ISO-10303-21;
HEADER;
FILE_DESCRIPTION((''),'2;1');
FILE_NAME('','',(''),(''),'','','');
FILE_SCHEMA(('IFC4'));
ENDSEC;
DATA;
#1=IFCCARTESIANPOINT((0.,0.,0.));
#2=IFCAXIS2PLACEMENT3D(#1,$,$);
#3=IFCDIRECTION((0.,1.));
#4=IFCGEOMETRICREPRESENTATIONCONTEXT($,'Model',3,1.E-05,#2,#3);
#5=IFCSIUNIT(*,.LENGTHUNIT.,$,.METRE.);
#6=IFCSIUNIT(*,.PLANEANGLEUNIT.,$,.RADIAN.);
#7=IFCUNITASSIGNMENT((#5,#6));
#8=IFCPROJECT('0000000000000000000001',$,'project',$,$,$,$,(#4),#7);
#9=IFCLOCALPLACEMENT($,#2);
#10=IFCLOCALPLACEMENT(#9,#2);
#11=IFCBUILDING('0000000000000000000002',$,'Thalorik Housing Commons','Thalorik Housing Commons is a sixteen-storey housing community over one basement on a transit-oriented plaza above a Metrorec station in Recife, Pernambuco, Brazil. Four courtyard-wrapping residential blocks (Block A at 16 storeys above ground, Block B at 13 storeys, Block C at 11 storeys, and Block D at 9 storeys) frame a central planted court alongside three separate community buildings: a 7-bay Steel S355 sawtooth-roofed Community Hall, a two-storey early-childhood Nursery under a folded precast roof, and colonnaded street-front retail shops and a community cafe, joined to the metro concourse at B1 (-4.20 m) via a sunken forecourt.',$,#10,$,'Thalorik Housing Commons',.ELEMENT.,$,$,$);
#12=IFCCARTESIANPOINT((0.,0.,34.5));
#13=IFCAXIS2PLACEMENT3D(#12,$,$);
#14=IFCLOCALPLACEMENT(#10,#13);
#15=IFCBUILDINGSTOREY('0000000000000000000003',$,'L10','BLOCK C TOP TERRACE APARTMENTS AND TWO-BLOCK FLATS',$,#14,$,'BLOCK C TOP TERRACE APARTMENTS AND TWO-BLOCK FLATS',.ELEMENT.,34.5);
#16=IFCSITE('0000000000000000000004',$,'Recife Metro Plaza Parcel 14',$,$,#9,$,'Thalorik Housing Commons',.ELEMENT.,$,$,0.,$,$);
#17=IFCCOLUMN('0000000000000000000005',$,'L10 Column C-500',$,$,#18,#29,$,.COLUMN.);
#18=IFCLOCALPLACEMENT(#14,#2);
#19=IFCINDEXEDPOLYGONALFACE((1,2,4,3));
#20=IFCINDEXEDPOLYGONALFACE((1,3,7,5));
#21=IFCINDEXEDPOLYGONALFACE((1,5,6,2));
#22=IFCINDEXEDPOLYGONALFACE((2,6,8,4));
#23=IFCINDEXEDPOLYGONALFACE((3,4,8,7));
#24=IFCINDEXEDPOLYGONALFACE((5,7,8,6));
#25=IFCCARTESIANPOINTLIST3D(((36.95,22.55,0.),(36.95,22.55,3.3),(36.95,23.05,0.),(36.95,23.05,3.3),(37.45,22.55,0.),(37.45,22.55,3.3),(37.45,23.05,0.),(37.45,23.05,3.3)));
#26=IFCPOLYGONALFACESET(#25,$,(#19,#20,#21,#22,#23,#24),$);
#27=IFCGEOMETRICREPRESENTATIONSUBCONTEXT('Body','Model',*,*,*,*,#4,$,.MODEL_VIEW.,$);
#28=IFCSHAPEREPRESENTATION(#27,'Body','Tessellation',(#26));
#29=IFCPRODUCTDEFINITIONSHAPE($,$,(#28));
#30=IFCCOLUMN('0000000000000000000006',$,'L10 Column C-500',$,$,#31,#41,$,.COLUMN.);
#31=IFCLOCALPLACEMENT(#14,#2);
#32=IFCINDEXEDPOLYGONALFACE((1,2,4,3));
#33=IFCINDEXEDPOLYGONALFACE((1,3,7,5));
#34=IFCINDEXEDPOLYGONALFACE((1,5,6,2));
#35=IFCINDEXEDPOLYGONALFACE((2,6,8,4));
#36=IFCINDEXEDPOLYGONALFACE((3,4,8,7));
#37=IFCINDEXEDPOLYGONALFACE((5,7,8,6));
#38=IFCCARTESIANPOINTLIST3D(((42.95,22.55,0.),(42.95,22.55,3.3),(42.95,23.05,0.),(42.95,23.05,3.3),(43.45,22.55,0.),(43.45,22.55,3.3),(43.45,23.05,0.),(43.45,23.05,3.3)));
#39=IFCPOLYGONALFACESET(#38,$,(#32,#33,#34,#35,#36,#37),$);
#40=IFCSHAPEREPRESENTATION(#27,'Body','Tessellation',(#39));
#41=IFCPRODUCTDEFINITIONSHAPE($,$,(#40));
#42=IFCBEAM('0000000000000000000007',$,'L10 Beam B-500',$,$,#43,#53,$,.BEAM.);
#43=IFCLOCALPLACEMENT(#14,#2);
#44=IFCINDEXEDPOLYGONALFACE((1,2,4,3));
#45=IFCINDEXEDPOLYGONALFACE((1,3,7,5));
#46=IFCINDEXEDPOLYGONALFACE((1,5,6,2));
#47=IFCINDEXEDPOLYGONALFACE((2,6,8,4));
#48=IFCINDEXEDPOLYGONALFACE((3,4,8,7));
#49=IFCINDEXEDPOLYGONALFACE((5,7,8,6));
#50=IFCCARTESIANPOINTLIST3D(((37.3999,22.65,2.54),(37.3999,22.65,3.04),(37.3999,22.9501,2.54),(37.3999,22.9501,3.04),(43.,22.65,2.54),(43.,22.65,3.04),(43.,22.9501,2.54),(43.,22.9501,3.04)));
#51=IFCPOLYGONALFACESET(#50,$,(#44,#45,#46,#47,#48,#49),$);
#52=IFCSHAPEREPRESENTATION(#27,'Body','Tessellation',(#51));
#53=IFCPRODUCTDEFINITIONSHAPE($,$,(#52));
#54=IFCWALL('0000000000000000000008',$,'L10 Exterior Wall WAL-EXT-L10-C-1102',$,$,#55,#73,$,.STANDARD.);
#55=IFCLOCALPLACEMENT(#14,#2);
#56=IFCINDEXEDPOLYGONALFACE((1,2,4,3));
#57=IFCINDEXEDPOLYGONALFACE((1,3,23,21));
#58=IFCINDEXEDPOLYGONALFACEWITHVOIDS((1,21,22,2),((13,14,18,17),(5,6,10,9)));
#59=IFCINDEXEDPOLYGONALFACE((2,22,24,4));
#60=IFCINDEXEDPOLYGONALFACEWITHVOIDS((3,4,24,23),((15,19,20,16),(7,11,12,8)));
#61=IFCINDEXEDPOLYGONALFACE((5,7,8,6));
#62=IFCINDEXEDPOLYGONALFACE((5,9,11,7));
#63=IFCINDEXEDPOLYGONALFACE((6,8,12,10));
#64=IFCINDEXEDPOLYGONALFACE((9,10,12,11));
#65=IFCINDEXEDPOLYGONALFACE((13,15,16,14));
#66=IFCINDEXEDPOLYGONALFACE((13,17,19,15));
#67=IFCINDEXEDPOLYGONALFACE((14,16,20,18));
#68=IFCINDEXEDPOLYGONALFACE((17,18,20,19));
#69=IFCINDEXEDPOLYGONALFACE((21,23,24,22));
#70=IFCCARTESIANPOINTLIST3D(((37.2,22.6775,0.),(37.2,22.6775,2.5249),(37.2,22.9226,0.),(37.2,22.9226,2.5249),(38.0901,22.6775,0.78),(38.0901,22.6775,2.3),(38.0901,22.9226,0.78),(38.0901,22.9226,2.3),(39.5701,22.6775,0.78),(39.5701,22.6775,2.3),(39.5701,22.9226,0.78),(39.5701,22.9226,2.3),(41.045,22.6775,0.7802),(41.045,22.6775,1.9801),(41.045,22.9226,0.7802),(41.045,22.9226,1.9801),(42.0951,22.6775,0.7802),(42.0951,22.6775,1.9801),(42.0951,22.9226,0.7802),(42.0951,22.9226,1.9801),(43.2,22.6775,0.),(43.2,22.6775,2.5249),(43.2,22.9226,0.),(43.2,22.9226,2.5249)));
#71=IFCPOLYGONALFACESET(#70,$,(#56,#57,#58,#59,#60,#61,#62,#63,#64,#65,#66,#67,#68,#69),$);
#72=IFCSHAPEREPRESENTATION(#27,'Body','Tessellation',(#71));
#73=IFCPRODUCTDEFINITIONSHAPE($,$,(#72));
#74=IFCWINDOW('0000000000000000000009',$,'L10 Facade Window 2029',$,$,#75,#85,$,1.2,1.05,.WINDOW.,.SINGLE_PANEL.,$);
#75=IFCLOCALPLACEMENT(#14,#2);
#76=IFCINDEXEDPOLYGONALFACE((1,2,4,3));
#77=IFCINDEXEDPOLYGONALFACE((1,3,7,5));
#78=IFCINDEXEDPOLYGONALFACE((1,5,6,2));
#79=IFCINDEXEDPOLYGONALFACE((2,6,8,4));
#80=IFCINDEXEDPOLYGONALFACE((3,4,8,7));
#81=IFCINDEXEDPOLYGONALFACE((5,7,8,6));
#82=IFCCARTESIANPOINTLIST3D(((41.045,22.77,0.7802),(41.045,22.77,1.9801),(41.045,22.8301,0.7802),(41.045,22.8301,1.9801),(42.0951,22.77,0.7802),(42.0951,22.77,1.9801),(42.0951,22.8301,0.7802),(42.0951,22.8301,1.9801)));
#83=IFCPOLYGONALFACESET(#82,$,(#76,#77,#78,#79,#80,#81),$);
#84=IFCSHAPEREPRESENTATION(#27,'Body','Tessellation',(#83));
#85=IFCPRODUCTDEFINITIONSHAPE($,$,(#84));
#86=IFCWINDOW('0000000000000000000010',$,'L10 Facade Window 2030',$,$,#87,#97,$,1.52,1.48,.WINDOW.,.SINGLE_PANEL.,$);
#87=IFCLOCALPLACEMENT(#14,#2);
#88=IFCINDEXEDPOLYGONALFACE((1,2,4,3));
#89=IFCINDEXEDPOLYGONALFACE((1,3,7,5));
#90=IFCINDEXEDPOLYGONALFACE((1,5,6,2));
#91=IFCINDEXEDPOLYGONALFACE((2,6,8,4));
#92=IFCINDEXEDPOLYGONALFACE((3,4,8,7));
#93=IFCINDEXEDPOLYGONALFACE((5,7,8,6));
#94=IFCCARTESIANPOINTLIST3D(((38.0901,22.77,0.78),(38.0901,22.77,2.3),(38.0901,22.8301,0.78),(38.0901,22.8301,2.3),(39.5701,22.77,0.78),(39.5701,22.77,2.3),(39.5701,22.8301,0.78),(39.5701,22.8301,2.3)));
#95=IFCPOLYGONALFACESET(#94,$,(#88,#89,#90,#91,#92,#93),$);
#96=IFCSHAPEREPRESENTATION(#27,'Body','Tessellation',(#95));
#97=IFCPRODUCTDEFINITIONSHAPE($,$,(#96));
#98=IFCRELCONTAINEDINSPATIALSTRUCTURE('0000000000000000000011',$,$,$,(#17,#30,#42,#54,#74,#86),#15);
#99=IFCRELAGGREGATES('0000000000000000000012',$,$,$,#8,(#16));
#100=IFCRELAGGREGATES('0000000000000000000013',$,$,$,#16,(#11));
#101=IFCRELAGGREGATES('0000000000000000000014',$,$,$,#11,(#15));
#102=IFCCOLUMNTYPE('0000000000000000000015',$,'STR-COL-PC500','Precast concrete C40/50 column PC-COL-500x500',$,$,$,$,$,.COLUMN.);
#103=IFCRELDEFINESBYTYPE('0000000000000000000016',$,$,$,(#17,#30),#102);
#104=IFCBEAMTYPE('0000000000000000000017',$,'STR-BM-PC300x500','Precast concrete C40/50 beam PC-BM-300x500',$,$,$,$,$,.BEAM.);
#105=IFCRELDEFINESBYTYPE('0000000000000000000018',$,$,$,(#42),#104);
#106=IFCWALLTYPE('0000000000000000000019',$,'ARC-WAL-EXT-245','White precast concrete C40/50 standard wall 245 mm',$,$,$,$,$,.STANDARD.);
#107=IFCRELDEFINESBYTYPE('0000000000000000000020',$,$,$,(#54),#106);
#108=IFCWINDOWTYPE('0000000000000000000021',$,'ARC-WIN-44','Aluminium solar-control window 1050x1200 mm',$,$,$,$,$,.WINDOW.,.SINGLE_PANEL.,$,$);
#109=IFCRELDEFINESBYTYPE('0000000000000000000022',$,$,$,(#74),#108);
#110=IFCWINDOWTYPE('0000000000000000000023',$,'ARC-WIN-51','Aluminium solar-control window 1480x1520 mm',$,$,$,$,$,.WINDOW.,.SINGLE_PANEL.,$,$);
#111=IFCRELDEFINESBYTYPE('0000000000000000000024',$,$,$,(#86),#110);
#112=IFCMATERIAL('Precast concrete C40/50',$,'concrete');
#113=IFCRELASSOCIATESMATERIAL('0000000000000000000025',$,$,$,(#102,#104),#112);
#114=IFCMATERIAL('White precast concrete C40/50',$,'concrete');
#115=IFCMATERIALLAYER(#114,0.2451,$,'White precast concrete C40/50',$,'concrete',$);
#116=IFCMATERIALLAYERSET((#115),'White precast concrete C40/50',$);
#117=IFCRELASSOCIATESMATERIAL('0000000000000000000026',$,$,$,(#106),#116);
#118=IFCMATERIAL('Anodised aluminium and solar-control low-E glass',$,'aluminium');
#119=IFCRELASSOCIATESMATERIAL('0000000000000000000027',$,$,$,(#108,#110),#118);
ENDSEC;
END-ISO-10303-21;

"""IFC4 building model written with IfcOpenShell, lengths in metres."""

from ifc_helpers import new_model, si_unit, direction, frame, frame_2d, origin, origin_2d, place, context, subcontext, project, spatial, rectangle, extrude, material, layer, layer_set, material_profile, profile_set, type_object, element, fill, save


model = new_model("IFC4")

# Units and contexts
model_context = context("Model", 3, precision=1e-05, world=origin(), true_north=direction((0.0, 1.0)))
body_context = subcontext(model_context, "Body", "Model", "MODEL_VIEW")
ifc_project = project(units=[si_unit("LENGTHUNIT", "METRE"), si_unit("PLANEANGLEUNIT", "RADIAN")], contexts=[model_context])

# Site, building, storey
site_placement = place(None, origin())
site = spatial("IfcSite", under=ifc_project, at=site_placement, Name="Recife Metro Plaza Parcel 14", LongName="Thalorik Housing Commons", CompositionType="ELEMENT", RefElevation=0.0)
building_placement = place(site_placement, origin())
building = spatial("IfcBuilding", under=site, at=building_placement, Name="Thalorik Housing Commons", Description="Thalorik Housing Commons is a sixteen-storey housing community over one basement on a transit-oriented plaza above a Metrorec station in Recife, Pernambuco, Brazil. Four courtyard-wrapping residential blocks (Block A at 16 storeys above ground, Block B at 13 storeys, Block C at 11 storeys, and Block D at 9 storeys) frame a central planted court alongside three separate community buildings: a 7-bay Steel S355 sawtooth-roofed Community Hall, a two-storey early-childhood Nursery under a folded precast roof, and colonnaded street-front retail shops and a community cafe, joined to the metro concourse at B1 (-4.20 m) via a sunken forecourt.", LongName="Thalorik Housing Commons", CompositionType="ELEMENT")
storey_placement = place(building_placement, frame((0.0, 0.0, 34.5)))
storey = spatial("IfcBuildingStorey", under=building, at=storey_placement, Name="L10", Description="BLOCK C TOP TERRACE APARTMENTS AND TWO-BLOCK FLATS", LongName="BLOCK C TOP TERRACE APARTMENTS AND TWO-BLOCK FLATS", CompositionType="ELEMENT", Elevation=34.5)

# Columns
ifc_material_1 = material(Name="Precast concrete C40/50", Category="concrete")
ifc_material_profile_1 = material_profile(ifc_material_1, rectangle(XDim=0.5, YDim=0.5, at=origin_2d()), Name="PC 500x500", Category="concrete")
ifc_profile_set_1 = profile_set([ifc_material_profile_1], Name="Precast concrete C40/50")
column_type = type_object("IfcColumnType", Name="STR-COL-PC500", Description="Precast concrete C40/50 column PC-COL-500x500", PredefinedType="COLUMN", material=ifc_profile_set_1)
for number, where, z_axis, x_axis, name in (
    (1, (37.2, 22.8, 0.0), (0.0, 0.0, 1.0), (1.0, 0.0, 0.0), "L10 Column C-500"),
    (2, (43.2, 22.8, 0.0), (0.0, 0.0, 1.0), (1.0, 0.0, 0.0), "L10 Column C-500"),
):
    element("IfcColumn", number, at=place(storey_placement, frame(where, z_axis=z_axis, x_axis=x_axis)), inside=storey, type_object=column_type, Name=name, PredefinedType="COLUMN", context=body_context, shape_type="SweptSolid", body=[
        extrude(rectangle(XDim=0.5, YDim=0.5, at=origin_2d()), origin(), (0.0, 0.0, 1.0), 3.3),
    ])

# Beam
ifc_material_profile_2 = material_profile(ifc_material_1, rectangle(XDim=0.3, YDim=0.5, at=origin_2d()), Name="PC 300x500", Category="concrete")
ifc_profile_set_2 = profile_set([ifc_material_profile_2], Name="Precast concrete C40/50")
beam_type = type_object("IfcBeamType", Name="STR-BM-PC300x500", Description="Precast concrete C40/50 beam PC-BM-300x500", PredefinedType="BEAM", material=ifc_profile_set_2)
beam_placement = place(storey_placement, frame((37.3999, 22.8, 2.79), z_axis=(1.0, 0.0, 0.0), x_axis=(0.0, 1.0, 0.0)))
element("IfcBeam", 3, at=beam_placement, inside=storey, type_object=beam_type, Name="L10 Beam B-500", PredefinedType="BEAM", context=body_context, shape_type="SweptSolid", body=[
    extrude(rectangle(XDim=0.3, YDim=0.5, at=origin_2d()), origin(), (0.0, 0.0, 1.0), 5.6001),
])

# Wall, openings, windows
ifc_material_2 = material(Name="White precast concrete C40/50", Category="concrete")
ifc_layer_1 = layer(ifc_material_2, 0.2451, Name="White precast concrete C40/50", Category="concrete")
ifc_layer_set_1 = layer_set([ifc_layer_1], Name="White precast concrete C40/50")
wall_type_1 = type_object("IfcWallType", Name="ARC-WAL-EXT-245", Description="White precast concrete C40/50 standard wall 245 mm", PredefinedType="STANDARD", material=ifc_layer_set_1)
wall_1_placement = place(storey_placement, frame((43.2, 22.8, 0.0), z_axis=(0.0, 0.0, 1.0), x_axis=(-1.0, 0.0, 0.0)))
wall_1 = element("IfcWall", 4, at=wall_1_placement, inside=storey, type_object=wall_type_1, Name="L10 Exterior Wall WAL-EXT-L10-C-1102", PredefinedType="STANDARD", context=body_context, shape_type="SweptSolid", body=[
    extrude(rectangle(XDim=6.0, YDim=0.2451, at=frame_2d((3.0, 0.0))), origin(), (0.0, 0.0, 1.0), 2.5249),
])
opening_1_placement = place(wall_1_placement, frame((1.105, 0.0, 0.78)))
opening_1 = element("IfcOpeningElement", 5, at=opening_1_placement, cuts=wall_1, PredefinedType="OPENING", context=body_context, shape_type="SweptSolid", body=[
    extrude(rectangle(XDim=1.05, YDim=1.2, at=frame_2d((0.5249, 0.6001))), frame((0.0, 0.1326, 0.0), z_axis=(0.0, -1.0, 0.0), x_axis=(1.0, 0.0, 0.0)), (0.0, 0.0, 1.0), 0.2651),
])
opening_2_placement = place(wall_1_placement, frame((3.6299, 0.0, 0.78)))
opening_2 = element("IfcOpeningElement", 6, at=opening_2_placement, cuts=wall_1, PredefinedType="OPENING", context=body_context, shape_type="SweptSolid", body=[
    extrude(rectangle(XDim=1.48, YDim=1.52, at=frame_2d((0.74, 0.76))), frame((0.0, 0.1326, 0.0), z_axis=(0.0, -1.0, 0.0), x_axis=(1.0, 0.0, 0.0)), (0.0, 0.0, 1.0), 0.2651),
])
ifc_material_3 = material(Name="Anodised aluminium and solar-control low-E glass", Category="aluminium")
window_type_1 = type_object("IfcWindowType", Name="ARC-WIN-44", Description="Aluminium solar-control window 1050x1200 mm", PartitioningType="SINGLE_PANEL", PredefinedType="WINDOW", material=ifc_material_3)
window_1_placement = place(opening_1_placement, origin())
window_1 = element("IfcWindow", 7, at=window_1_placement, inside=storey, type_object=window_type_1, Name="L10 Facade Window 2029", OverallHeight=1.2, OverallWidth=1.05, PartitioningType="SINGLE_PANEL", PredefinedType="WINDOW", context=body_context, shape_type="SweptSolid", body=[
    extrude(rectangle(XDim=1.05, YDim=1.2, at=frame_2d((0.5249, 0.6001))), frame((0.0, 0.03, 0.0), z_axis=(0.0, -1.0, 0.0), x_axis=(1.0, 0.0, 0.0)), (0.0, 0.0, 1.0), 0.0601),
])
fill(opening_1, window_1)
window_type_2 = type_object("IfcWindowType", Name="ARC-WIN-51", Description="Aluminium solar-control window 1480x1520 mm", PartitioningType="SINGLE_PANEL", PredefinedType="WINDOW", material=ifc_material_3)
window_2_placement = place(opening_2_placement, origin())
window_2 = element("IfcWindow", 8, at=window_2_placement, inside=storey, type_object=window_type_2, Name="L10 Facade Window 2030", OverallHeight=1.52, OverallWidth=1.48, PartitioningType="SINGLE_PANEL", PredefinedType="WINDOW", context=body_context, shape_type="SweptSolid", body=[
    extrude(rectangle(XDim=1.48, YDim=1.52, at=frame_2d((0.74, 0.76))), frame((0.0, 0.03, 0.0), z_axis=(0.0, -1.0, 0.0), x_axis=(1.0, 0.0, 0.0)), (0.0, 0.0, 1.0), 0.0601),
])
fill(opening_2, window_2)

save(model, "model.ifc")
